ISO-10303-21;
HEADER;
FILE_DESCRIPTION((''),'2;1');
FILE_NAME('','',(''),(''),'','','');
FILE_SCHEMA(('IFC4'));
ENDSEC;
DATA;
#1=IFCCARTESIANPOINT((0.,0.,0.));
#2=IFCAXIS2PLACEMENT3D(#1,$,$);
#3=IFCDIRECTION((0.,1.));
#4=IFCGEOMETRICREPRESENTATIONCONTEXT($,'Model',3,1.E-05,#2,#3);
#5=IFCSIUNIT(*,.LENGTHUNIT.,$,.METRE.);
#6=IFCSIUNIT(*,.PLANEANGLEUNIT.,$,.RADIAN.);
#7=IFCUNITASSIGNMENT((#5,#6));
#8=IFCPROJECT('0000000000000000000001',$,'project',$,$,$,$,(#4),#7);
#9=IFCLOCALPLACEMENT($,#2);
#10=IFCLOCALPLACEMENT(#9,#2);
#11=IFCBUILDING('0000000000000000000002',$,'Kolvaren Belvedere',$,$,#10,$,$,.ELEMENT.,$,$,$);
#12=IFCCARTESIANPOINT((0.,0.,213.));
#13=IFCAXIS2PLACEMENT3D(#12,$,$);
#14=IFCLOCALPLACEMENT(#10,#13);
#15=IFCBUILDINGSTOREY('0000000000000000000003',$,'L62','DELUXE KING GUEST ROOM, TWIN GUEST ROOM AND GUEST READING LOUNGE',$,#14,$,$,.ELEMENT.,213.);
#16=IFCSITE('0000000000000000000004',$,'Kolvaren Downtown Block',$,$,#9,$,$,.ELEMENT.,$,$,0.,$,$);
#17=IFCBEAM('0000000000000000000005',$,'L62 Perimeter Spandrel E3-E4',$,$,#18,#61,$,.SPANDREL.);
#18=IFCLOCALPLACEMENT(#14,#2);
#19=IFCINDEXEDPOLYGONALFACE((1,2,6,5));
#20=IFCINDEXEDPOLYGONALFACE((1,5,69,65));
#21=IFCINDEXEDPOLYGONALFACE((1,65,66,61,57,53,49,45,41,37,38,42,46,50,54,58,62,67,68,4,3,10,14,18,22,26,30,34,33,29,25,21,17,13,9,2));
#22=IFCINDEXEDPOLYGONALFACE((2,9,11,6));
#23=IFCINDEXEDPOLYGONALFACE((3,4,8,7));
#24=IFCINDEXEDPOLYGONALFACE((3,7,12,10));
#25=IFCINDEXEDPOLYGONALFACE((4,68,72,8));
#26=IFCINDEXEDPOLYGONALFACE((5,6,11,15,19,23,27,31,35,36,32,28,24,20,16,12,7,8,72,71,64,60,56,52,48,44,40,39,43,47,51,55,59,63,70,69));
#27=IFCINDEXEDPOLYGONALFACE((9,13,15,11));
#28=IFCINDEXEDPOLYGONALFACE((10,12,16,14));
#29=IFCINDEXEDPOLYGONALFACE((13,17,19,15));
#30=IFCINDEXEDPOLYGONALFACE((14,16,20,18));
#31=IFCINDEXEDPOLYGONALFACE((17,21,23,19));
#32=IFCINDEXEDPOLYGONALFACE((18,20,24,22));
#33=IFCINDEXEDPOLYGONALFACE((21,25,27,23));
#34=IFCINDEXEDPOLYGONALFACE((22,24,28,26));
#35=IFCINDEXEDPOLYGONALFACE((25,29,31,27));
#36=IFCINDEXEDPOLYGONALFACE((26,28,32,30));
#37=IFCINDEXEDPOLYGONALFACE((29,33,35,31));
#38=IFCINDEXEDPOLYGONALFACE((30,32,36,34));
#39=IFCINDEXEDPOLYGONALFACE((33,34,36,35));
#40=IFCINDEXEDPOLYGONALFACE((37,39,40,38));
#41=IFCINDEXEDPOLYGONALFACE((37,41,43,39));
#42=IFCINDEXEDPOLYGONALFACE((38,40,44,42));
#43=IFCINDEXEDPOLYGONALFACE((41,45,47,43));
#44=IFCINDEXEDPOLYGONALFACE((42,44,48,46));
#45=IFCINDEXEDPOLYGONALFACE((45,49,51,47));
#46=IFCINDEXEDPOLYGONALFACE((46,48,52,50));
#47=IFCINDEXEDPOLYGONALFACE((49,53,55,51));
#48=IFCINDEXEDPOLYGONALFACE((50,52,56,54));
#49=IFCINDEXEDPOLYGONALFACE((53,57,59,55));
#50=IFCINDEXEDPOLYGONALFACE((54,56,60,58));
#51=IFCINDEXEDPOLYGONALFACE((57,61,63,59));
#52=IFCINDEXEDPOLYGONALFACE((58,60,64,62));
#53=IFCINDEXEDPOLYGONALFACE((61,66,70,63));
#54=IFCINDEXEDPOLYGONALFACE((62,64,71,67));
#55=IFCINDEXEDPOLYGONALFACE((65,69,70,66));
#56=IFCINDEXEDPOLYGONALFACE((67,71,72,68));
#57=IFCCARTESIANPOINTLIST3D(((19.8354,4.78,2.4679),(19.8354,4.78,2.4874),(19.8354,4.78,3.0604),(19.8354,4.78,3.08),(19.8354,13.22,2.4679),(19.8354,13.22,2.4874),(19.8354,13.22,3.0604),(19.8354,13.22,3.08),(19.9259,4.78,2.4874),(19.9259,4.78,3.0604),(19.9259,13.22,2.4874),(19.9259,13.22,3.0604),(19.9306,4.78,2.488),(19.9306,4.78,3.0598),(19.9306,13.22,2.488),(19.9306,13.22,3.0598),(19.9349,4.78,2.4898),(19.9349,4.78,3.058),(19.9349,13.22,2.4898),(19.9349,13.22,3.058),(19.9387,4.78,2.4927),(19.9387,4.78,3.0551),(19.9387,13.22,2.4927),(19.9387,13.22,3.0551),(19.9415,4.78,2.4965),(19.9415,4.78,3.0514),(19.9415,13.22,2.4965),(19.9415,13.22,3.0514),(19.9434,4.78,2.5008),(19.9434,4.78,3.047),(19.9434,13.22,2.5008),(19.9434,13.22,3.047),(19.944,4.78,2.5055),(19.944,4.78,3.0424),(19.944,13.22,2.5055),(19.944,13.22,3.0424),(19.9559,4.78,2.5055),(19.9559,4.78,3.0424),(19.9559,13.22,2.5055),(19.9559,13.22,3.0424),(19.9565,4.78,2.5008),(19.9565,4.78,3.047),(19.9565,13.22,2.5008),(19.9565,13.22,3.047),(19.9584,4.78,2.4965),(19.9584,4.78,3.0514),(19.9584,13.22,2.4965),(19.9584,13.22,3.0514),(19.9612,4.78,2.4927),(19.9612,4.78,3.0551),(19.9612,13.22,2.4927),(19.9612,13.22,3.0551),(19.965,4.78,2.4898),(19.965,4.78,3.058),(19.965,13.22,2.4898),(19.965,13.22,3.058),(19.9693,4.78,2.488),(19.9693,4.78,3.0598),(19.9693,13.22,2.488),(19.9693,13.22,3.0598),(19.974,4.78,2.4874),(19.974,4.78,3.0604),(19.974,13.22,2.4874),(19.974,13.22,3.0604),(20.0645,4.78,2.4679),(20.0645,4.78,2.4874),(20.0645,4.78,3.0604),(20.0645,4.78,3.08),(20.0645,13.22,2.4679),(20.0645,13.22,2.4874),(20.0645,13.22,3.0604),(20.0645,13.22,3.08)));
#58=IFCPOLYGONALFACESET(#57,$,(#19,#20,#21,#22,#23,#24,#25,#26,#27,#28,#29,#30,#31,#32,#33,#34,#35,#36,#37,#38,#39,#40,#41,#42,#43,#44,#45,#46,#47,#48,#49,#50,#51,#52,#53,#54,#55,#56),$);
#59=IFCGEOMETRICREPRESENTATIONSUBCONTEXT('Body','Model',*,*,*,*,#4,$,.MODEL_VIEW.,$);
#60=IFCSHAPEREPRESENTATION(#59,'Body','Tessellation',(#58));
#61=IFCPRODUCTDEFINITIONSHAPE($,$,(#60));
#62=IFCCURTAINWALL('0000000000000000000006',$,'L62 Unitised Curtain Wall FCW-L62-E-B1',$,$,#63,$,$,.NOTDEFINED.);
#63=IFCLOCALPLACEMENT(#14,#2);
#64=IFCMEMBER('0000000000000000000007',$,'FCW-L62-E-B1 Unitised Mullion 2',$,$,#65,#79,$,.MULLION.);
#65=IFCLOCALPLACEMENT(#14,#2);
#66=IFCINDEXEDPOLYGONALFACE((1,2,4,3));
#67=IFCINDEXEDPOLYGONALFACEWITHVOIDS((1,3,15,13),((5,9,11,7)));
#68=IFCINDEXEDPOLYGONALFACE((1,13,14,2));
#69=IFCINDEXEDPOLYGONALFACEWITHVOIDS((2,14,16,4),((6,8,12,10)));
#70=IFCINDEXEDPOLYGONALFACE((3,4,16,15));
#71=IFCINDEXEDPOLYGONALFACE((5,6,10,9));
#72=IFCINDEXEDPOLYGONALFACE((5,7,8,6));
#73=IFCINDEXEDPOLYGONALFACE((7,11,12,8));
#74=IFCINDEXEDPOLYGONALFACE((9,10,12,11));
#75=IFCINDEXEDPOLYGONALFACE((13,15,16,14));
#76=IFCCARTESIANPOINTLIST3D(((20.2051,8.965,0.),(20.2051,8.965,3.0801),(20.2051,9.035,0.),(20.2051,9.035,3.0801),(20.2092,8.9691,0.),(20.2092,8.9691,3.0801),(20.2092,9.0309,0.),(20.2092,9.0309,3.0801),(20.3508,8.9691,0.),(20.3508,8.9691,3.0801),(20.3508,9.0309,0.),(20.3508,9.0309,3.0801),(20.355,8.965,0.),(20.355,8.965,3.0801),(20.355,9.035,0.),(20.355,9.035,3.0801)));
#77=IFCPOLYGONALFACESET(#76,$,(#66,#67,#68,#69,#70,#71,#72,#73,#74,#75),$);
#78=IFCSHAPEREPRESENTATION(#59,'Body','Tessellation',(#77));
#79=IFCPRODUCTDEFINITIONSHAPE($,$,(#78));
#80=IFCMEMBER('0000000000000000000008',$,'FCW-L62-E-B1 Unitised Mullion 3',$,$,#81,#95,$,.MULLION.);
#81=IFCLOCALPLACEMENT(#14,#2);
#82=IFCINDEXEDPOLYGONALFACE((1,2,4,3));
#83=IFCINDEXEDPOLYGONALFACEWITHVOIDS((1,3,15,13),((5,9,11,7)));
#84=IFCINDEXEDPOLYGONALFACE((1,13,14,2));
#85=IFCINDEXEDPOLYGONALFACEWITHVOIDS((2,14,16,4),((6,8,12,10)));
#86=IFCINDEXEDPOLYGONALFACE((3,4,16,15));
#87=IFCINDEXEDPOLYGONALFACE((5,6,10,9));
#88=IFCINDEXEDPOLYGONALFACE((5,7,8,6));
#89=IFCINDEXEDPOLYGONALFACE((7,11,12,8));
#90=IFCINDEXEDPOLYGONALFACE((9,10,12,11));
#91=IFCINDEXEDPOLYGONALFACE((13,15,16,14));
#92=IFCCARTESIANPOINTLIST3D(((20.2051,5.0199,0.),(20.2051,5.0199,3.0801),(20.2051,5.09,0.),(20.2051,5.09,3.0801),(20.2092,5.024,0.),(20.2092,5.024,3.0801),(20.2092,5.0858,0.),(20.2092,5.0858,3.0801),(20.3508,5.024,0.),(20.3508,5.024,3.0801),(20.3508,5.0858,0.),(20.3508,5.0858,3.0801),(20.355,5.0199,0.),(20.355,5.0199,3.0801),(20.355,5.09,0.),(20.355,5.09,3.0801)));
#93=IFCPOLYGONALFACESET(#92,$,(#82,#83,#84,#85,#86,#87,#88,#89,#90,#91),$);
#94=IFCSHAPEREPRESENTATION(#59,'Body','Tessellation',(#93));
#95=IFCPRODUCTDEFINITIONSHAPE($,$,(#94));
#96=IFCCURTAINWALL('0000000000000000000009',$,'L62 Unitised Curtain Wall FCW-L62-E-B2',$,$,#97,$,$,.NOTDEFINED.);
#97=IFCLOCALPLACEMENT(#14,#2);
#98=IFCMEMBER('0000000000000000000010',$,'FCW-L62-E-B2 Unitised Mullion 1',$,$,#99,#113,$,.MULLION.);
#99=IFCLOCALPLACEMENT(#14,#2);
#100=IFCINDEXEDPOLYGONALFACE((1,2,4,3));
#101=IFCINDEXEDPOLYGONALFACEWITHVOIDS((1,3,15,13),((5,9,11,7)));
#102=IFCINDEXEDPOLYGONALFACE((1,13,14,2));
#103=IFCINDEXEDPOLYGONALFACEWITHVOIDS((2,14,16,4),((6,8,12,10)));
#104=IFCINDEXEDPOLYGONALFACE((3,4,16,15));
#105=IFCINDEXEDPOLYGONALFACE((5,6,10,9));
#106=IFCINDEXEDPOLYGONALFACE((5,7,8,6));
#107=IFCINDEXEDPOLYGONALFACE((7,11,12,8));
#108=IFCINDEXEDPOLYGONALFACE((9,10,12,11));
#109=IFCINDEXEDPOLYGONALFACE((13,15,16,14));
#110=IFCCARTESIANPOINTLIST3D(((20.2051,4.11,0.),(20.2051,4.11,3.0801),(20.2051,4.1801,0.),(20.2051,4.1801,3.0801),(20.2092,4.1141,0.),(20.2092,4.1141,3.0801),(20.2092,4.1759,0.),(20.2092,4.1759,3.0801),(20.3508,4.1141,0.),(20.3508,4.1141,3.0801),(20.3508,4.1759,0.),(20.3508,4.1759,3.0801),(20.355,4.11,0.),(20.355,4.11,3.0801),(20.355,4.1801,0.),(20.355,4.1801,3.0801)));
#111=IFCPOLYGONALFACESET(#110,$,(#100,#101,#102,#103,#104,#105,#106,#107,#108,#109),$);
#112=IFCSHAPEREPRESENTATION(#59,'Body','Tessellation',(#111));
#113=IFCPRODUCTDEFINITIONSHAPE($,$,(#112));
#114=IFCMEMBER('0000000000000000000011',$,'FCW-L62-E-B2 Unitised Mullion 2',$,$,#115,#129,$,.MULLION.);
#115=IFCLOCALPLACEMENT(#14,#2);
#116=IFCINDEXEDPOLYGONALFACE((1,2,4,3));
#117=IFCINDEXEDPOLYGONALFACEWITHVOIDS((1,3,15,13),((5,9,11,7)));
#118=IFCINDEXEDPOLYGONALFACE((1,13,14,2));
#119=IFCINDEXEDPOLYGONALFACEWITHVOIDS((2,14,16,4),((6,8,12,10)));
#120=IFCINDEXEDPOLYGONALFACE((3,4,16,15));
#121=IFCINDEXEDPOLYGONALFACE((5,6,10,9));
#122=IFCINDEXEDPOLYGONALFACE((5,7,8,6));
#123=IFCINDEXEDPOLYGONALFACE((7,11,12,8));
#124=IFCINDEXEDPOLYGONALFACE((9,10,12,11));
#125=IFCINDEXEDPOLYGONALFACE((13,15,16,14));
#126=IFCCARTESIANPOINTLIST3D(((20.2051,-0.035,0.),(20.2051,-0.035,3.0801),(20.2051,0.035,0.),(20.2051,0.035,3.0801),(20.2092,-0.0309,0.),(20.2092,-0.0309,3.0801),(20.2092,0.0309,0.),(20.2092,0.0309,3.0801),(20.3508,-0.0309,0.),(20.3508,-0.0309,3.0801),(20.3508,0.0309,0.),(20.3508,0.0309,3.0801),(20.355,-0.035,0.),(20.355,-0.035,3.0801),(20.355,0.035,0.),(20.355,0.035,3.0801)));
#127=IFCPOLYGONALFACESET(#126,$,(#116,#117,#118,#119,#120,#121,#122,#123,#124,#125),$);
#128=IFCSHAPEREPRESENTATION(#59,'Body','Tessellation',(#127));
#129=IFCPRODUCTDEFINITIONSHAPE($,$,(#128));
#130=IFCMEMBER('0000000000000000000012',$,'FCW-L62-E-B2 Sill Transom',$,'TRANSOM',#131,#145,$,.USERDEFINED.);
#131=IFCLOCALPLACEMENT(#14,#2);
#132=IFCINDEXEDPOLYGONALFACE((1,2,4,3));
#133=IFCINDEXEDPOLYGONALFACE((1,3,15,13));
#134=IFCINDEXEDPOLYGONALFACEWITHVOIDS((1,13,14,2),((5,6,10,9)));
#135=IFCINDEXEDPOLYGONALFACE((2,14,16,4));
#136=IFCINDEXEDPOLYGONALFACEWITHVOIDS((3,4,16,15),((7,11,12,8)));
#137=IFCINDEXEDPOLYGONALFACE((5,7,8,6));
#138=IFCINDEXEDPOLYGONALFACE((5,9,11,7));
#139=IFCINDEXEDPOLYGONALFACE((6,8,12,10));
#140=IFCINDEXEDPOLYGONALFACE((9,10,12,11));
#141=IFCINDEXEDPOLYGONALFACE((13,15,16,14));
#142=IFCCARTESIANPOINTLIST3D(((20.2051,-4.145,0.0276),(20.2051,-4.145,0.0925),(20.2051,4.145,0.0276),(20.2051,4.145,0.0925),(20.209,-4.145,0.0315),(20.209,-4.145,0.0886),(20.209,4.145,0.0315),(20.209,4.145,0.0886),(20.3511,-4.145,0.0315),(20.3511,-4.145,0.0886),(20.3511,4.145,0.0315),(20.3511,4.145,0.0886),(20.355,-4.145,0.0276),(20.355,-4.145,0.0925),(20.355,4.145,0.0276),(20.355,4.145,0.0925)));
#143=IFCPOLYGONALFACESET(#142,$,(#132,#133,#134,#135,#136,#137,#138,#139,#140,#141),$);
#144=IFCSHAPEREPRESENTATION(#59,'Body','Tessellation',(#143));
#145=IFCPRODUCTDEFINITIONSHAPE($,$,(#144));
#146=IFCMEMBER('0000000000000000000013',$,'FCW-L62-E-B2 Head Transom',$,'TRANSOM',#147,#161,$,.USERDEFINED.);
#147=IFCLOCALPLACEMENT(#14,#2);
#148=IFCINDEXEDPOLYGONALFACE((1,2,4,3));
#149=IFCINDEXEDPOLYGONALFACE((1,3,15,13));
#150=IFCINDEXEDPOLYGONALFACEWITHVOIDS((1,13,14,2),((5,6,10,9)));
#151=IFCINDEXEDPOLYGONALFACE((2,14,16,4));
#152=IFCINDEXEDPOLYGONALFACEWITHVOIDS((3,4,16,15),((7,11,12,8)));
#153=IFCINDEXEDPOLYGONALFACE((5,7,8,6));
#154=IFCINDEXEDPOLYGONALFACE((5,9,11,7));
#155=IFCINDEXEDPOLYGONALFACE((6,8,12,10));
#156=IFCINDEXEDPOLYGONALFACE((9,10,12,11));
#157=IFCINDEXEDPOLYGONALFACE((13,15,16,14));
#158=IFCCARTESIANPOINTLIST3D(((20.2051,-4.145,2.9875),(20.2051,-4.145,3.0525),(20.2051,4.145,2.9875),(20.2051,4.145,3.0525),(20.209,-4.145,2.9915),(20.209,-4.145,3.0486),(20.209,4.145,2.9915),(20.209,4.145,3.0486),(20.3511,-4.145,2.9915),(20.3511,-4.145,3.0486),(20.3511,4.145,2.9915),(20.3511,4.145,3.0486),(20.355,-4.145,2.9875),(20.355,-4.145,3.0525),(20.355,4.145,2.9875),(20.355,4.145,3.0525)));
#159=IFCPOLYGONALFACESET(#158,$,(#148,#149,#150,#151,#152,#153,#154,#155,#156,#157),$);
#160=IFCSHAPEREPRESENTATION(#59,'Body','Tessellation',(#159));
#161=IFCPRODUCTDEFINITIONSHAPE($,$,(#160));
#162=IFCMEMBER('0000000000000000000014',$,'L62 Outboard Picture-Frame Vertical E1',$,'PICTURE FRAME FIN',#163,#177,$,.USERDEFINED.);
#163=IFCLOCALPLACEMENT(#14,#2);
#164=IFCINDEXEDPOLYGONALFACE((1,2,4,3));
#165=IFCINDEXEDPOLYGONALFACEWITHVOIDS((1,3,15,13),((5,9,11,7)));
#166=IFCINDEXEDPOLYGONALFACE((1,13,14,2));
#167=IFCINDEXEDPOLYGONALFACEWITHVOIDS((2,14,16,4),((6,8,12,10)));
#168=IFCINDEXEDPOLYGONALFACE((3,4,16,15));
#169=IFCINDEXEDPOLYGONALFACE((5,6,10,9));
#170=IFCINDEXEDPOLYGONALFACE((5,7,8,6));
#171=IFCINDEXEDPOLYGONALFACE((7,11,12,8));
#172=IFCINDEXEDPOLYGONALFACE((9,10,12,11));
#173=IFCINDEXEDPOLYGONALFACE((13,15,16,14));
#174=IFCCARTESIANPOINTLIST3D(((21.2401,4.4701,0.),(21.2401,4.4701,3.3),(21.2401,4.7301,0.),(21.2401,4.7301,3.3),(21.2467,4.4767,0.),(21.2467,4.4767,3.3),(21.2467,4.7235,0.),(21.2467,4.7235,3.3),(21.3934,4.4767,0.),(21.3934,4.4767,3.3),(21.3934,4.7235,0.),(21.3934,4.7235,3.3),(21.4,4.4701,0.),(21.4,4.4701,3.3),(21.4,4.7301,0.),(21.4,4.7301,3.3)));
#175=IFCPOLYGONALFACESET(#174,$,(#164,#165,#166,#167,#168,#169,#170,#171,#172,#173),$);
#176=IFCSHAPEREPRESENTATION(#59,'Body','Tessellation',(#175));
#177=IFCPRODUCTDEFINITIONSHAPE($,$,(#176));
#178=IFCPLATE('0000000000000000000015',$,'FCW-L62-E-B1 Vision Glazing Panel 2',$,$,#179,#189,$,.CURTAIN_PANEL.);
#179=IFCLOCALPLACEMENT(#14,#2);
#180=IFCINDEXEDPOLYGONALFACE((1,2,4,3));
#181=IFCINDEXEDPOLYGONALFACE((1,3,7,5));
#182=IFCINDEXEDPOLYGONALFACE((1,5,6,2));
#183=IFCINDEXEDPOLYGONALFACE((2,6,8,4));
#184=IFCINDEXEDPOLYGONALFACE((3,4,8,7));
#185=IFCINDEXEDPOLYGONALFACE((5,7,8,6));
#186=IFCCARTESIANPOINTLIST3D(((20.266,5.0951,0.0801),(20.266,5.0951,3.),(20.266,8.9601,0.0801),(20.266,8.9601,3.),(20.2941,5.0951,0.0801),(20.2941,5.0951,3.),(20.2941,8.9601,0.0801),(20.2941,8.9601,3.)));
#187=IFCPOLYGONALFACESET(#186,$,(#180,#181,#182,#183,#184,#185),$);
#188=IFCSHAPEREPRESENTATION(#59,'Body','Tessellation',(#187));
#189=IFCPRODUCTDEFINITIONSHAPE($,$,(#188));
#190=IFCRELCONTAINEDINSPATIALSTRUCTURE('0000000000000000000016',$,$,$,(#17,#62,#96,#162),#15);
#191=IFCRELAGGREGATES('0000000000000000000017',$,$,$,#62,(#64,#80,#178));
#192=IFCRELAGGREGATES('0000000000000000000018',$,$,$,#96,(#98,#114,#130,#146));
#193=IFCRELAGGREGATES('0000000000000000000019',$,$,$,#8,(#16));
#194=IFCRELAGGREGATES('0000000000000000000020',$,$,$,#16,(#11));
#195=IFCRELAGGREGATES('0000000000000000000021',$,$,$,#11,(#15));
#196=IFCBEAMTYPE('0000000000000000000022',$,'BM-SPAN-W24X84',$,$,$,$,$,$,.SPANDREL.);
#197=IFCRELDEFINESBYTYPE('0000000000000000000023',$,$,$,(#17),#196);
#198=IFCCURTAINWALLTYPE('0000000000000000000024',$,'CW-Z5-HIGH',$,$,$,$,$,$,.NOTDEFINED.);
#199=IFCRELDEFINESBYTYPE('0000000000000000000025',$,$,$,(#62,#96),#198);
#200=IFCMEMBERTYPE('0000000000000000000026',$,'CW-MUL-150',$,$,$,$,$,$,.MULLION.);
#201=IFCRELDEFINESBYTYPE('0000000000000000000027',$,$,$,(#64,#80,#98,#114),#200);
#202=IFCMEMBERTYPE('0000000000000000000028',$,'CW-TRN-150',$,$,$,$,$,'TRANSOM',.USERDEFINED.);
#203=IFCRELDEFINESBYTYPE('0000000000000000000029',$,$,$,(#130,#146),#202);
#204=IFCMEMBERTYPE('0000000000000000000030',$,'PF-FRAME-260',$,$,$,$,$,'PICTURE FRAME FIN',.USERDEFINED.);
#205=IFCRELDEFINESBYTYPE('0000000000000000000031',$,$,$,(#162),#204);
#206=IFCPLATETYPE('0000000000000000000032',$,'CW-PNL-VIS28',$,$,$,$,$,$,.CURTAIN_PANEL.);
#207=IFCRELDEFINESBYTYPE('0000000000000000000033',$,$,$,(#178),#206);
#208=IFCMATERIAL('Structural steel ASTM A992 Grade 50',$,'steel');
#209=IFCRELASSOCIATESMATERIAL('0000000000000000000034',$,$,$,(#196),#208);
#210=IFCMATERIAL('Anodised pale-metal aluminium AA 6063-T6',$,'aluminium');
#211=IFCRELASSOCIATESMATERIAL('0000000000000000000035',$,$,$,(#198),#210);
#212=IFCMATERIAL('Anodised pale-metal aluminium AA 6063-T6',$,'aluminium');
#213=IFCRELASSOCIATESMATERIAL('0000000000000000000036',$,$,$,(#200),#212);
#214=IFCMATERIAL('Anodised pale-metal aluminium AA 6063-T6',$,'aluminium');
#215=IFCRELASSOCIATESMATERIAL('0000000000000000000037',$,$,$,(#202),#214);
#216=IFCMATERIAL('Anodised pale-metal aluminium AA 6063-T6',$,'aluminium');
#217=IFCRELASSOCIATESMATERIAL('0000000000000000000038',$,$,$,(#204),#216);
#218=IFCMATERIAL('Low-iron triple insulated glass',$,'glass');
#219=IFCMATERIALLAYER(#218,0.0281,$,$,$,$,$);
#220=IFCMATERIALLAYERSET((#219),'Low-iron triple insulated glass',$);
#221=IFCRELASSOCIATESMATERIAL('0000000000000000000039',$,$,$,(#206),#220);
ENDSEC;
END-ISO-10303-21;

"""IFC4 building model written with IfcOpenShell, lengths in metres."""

from ifc_helpers import new_model, si_unit, direction, frame, origin, origin_2d, place, context, subcontext, project, spatial, rectangle, hollow_rectangle, i_section, extrude, material, layer, layer_set, material_profile, profile_set, type_object, element, aggregate, save


model = new_model("IFC4")

# Units and contexts
model_context = context("Model", 3, precision=1e-05, world=origin(), true_north=direction((0.0, 1.0)))
body_context = subcontext(model_context, "Body", "Model", "MODEL_VIEW")
ifc_project = project(units=[si_unit("LENGTHUNIT", "METRE"), si_unit("PLANEANGLEUNIT", "RADIAN")], contexts=[model_context])

# Site, building, storey
site_placement = place(None, origin())
site = spatial("IfcSite", under=ifc_project, at=site_placement, Name="Kolvaren Downtown Block", CompositionType="ELEMENT", RefElevation=0.0)
building_placement = place(site_placement, origin())
building = spatial("IfcBuilding", under=site, at=building_placement, Name="Kolvaren Belvedere", CompositionType="ELEMENT")
storey_placement = place(building_placement, frame((0.0, 0.0, 213.0)))
storey = spatial("IfcBuildingStorey", under=building, at=storey_placement, Name="L62", Description="DELUXE KING GUEST ROOM, TWIN GUEST ROOM AND GUEST READING LOUNGE", CompositionType="ELEMENT", Elevation=213.0)

# Beam
ifc_material_1 = material(Name="Structural steel ASTM A992 Grade 50", Category="steel")
ifc_material_profile_1 = material_profile(ifc_material_1, i_section(OverallWidth=0.229, OverallDepth=0.6121, WebThickness=0.012, FlangeThickness=0.0195, FilletRadius=0.0181, at=origin_2d()), Name="W24X84")
ifc_profile_set_1 = profile_set([ifc_material_profile_1], Name="Structural steel ASTM A992 Grade 50")
beam_type_1 = type_object("IfcBeamType", Name="BM-SPAN-W24X84", PredefinedType="SPANDREL", material=ifc_profile_set_1)
beam_1_placement = place(storey_placement, frame((19.95, 4.78, 2.7739), z_axis=(0.0, 1.0, 0.0), x_axis=(-1.0, 0.0, 0.0)))
element("IfcBeam", 1, at=beam_1_placement, inside=storey, type_object=beam_type_1, Name="L62 Perimeter Spandrel E3-E4", PredefinedType="SPANDREL", context=body_context, shape_type="SweptSolid", body=[
    extrude(i_section(OverallWidth=0.229, OverallDepth=0.6121, WebThickness=0.012, FlangeThickness=0.0195, FilletRadius=0.0181, at=origin_2d()), origin(), (0.0, 0.0, 1.0), 8.4399),
])

# Curtain walls, members
ifc_material_2 = material(Name="Anodised pale-metal aluminium AA 6063-T6", Category="aluminium")
curtain_wall_type = type_object("IfcCurtainWallType", Name="CW-Z5-HIGH", PredefinedType="NOTDEFINED", material=ifc_material_2)
curtain_wall_1_placement = place(storey_placement, origin())
curtain_wall_1 = element("IfcCurtainWall", 2, at=curtain_wall_1_placement, inside=storey, type_object=curtain_wall_type, Name="L62 Unitised Curtain Wall FCW-L62-E-B1", PredefinedType="NOTDEFINED")
ifc_material_3 = material(Name="Anodised pale-metal aluminium AA 6063-T6", Category="aluminium")
ifc_material_profile_2 = material_profile(ifc_material_3, hollow_rectangle(XDim=0.0701, YDim=0.1499, WallThickness=0.0042, at=origin_2d()), Name="ALU-MUL-150X70")
ifc_profile_set_2 = profile_set([ifc_material_profile_2], Name="Anodised pale-metal aluminium AA 6063-T6")
member_type_1 = type_object("IfcMemberType", Name="CW-MUL-150", PredefinedType="MULLION", material=ifc_profile_set_2)
member_1_placement = place(storey_placement, frame((20.28, 9.0, 0.0), z_axis=(0.0, 0.0, 1.0), x_axis=(0.0, 1.0, 0.0)))
member_1 = element("IfcMember", 3, at=member_1_placement, type_object=member_type_1, Name="FCW-L62-E-B1 Unitised Mullion 2", PredefinedType="MULLION", context=body_context, shape_type="SweptSolid", body=[
    extrude(hollow_rectangle(XDim=0.0701, YDim=0.1499, WallThickness=0.0042, at=origin_2d()), origin(), (0.0, 0.0, 1.0), 3.0801),
])
member_2_placement = place(storey_placement, frame((20.28, 5.0549, 0.0), z_axis=(0.0, 0.0, 1.0), x_axis=(0.0, 1.0, 0.0)))
member_2 = element("IfcMember", 4, at=member_2_placement, type_object=member_type_1, Name="FCW-L62-E-B1 Unitised Mullion 3", PredefinedType="MULLION", context=body_context, shape_type="SweptSolid", body=[
    extrude(hollow_rectangle(XDim=0.0701, YDim=0.1499, WallThickness=0.0042, at=origin_2d()), origin(), (0.0, 0.0, 1.0), 3.0801),
])
curtain_wall_2_placement = place(storey_placement, origin())
curtain_wall_2 = element("IfcCurtainWall", 5, at=curtain_wall_2_placement, inside=storey, type_object=curtain_wall_type, Name="L62 Unitised Curtain Wall FCW-L62-E-B2", PredefinedType="NOTDEFINED")
member_3_placement = place(storey_placement, frame((20.28, 4.145, 0.0), z_axis=(0.0, 0.0, 1.0), x_axis=(0.0, 1.0, 0.0)))
member_3 = element("IfcMember", 6, at=member_3_placement, type_object=member_type_1, Name="FCW-L62-E-B2 Unitised Mullion 1", PredefinedType="MULLION", context=body_context, shape_type="SweptSolid", body=[
    extrude(hollow_rectangle(XDim=0.0701, YDim=0.1499, WallThickness=0.0042, at=origin_2d()), origin(), (0.0, 0.0, 1.0), 3.0801),
])
member_4_placement = place(storey_placement, frame((20.28, 0.0, 0.0), z_axis=(0.0, 0.0, 1.0), x_axis=(0.0, 1.0, 0.0)))
member_4 = element("IfcMember", 7, at=member_4_placement, type_object=member_type_1, Name="FCW-L62-E-B2 Unitised Mullion 2", PredefinedType="MULLION", context=body_context, shape_type="SweptSolid", body=[
    extrude(hollow_rectangle(XDim=0.0701, YDim=0.1499, WallThickness=0.0042, at=origin_2d()), origin(), (0.0, 0.0, 1.0), 3.0801),
])
ifc_material_4 = material(Name="Anodised pale-metal aluminium AA 6063-T6", Category="aluminium")
ifc_material_profile_3 = material_profile(ifc_material_4, hollow_rectangle(XDim=0.0649, YDim=0.1499, WallThickness=0.0039, at=origin_2d()), Name="ALU-TRN-150X65")
ifc_profile_set_3 = profile_set([ifc_material_profile_3], Name="Anodised pale-metal aluminium AA 6063-T6")
member_type_2 = type_object("IfcMemberType", Name="CW-TRN-150", ElementType="TRANSOM", PredefinedType="USERDEFINED", material=ifc_profile_set_3)
member_5_placement = place(storey_placement, frame((20.28, 4.145, 0.0601), z_axis=(0.0, -1.0, 0.0), x_axis=(0.0, 0.0, 1.0)))
member_5 = element("IfcMember", 8, at=member_5_placement, type_object=member_type_2, Name="FCW-L62-E-B2 Sill Transom", ObjectType="TRANSOM", PredefinedType="USERDEFINED", context=body_context, shape_type="SweptSolid", body=[
    extrude(hollow_rectangle(XDim=0.0649, YDim=0.1499, WallThickness=0.0039, at=origin_2d()), origin(), (0.0, 0.0, 1.0), 8.29),
])
member_6_placement = place(storey_placement, frame((20.28, 4.145, 3.02), z_axis=(0.0, -1.0, 0.0), x_axis=(0.0, 0.0, 1.0)))
member_6 = element("IfcMember", 9, at=member_6_placement, type_object=member_type_2, Name="FCW-L62-E-B2 Head Transom", ObjectType="TRANSOM", PredefinedType="USERDEFINED", context=body_context, shape_type="SweptSolid", body=[
    extrude(hollow_rectangle(XDim=0.0649, YDim=0.1499, WallThickness=0.0039, at=origin_2d()), origin(), (0.0, 0.0, 1.0), 8.29),
])

# Member
ifc_material_5 = material(Name="Anodised pale-metal aluminium AA 6063-T6", Category="aluminium")
ifc_material_profile_4 = material_profile(ifc_material_5, hollow_rectangle(XDim=0.1599, YDim=0.26, WallThickness=0.0066, at=origin_2d()), Name="ALU-PF-260X160")
ifc_profile_set_4 = profile_set([ifc_material_profile_4], Name="Anodised pale-metal aluminium AA 6063-T6")
member_type_3 = type_object("IfcMemberType", Name="PF-FRAME-260", ElementType="PICTURE FRAME FIN", PredefinedType="USERDEFINED", material=ifc_profile_set_4)
member_7_placement = place(storey_placement, frame((21.3201, 4.6001, 0.0), z_axis=(0.0, 0.0, 1.0), x_axis=(1.0, 0.0, 0.0)))
element("IfcMember", 10, at=member_7_placement, inside=storey, type_object=member_type_3, Name="L62 Outboard Picture-Frame Vertical E1", ObjectType="PICTURE FRAME FIN", PredefinedType="USERDEFINED", context=body_context, shape_type="SweptSolid", body=[
    extrude(hollow_rectangle(XDim=0.1599, YDim=0.26, WallThickness=0.0066, at=origin_2d()), origin(), (0.0, 0.0, 1.0), 3.3),
])

# Plate
ifc_material_6 = material(Name="Low-iron triple insulated glass", Category="glass")
ifc_layer_1 = layer(ifc_material_6, 0.0281)
ifc_layer_set_1 = layer_set([ifc_layer_1], Name="Low-iron triple insulated glass")
plate_type_1 = type_object("IfcPlateType", Name="CW-PNL-VIS28", PredefinedType="CURTAIN_PANEL", material=ifc_layer_set_1)
plate_1_placement = place(storey_placement, frame((20.28, 7.0276, 0.0801), z_axis=(0.0, 0.0, 1.0), x_axis=(0.0, -1.0, 0.0)))
plate_1 = element("IfcPlate", 11, at=plate_1_placement, type_object=plate_type_1, Name="FCW-L62-E-B1 Vision Glazing Panel 2", PredefinedType="CURTAIN_PANEL", context=body_context, shape_type="SweptSolid", body=[
    extrude(rectangle(XDim=3.865, YDim=0.0281, at=origin_2d()), origin(), (0.0, 0.0, 1.0), 2.9199),
])
aggregate(curtain_wall_1, [member_1, member_2, plate_1])
aggregate(curtain_wall_2, [member_3, member_4, member_5, member_6])

save(model, "model.ifc")
